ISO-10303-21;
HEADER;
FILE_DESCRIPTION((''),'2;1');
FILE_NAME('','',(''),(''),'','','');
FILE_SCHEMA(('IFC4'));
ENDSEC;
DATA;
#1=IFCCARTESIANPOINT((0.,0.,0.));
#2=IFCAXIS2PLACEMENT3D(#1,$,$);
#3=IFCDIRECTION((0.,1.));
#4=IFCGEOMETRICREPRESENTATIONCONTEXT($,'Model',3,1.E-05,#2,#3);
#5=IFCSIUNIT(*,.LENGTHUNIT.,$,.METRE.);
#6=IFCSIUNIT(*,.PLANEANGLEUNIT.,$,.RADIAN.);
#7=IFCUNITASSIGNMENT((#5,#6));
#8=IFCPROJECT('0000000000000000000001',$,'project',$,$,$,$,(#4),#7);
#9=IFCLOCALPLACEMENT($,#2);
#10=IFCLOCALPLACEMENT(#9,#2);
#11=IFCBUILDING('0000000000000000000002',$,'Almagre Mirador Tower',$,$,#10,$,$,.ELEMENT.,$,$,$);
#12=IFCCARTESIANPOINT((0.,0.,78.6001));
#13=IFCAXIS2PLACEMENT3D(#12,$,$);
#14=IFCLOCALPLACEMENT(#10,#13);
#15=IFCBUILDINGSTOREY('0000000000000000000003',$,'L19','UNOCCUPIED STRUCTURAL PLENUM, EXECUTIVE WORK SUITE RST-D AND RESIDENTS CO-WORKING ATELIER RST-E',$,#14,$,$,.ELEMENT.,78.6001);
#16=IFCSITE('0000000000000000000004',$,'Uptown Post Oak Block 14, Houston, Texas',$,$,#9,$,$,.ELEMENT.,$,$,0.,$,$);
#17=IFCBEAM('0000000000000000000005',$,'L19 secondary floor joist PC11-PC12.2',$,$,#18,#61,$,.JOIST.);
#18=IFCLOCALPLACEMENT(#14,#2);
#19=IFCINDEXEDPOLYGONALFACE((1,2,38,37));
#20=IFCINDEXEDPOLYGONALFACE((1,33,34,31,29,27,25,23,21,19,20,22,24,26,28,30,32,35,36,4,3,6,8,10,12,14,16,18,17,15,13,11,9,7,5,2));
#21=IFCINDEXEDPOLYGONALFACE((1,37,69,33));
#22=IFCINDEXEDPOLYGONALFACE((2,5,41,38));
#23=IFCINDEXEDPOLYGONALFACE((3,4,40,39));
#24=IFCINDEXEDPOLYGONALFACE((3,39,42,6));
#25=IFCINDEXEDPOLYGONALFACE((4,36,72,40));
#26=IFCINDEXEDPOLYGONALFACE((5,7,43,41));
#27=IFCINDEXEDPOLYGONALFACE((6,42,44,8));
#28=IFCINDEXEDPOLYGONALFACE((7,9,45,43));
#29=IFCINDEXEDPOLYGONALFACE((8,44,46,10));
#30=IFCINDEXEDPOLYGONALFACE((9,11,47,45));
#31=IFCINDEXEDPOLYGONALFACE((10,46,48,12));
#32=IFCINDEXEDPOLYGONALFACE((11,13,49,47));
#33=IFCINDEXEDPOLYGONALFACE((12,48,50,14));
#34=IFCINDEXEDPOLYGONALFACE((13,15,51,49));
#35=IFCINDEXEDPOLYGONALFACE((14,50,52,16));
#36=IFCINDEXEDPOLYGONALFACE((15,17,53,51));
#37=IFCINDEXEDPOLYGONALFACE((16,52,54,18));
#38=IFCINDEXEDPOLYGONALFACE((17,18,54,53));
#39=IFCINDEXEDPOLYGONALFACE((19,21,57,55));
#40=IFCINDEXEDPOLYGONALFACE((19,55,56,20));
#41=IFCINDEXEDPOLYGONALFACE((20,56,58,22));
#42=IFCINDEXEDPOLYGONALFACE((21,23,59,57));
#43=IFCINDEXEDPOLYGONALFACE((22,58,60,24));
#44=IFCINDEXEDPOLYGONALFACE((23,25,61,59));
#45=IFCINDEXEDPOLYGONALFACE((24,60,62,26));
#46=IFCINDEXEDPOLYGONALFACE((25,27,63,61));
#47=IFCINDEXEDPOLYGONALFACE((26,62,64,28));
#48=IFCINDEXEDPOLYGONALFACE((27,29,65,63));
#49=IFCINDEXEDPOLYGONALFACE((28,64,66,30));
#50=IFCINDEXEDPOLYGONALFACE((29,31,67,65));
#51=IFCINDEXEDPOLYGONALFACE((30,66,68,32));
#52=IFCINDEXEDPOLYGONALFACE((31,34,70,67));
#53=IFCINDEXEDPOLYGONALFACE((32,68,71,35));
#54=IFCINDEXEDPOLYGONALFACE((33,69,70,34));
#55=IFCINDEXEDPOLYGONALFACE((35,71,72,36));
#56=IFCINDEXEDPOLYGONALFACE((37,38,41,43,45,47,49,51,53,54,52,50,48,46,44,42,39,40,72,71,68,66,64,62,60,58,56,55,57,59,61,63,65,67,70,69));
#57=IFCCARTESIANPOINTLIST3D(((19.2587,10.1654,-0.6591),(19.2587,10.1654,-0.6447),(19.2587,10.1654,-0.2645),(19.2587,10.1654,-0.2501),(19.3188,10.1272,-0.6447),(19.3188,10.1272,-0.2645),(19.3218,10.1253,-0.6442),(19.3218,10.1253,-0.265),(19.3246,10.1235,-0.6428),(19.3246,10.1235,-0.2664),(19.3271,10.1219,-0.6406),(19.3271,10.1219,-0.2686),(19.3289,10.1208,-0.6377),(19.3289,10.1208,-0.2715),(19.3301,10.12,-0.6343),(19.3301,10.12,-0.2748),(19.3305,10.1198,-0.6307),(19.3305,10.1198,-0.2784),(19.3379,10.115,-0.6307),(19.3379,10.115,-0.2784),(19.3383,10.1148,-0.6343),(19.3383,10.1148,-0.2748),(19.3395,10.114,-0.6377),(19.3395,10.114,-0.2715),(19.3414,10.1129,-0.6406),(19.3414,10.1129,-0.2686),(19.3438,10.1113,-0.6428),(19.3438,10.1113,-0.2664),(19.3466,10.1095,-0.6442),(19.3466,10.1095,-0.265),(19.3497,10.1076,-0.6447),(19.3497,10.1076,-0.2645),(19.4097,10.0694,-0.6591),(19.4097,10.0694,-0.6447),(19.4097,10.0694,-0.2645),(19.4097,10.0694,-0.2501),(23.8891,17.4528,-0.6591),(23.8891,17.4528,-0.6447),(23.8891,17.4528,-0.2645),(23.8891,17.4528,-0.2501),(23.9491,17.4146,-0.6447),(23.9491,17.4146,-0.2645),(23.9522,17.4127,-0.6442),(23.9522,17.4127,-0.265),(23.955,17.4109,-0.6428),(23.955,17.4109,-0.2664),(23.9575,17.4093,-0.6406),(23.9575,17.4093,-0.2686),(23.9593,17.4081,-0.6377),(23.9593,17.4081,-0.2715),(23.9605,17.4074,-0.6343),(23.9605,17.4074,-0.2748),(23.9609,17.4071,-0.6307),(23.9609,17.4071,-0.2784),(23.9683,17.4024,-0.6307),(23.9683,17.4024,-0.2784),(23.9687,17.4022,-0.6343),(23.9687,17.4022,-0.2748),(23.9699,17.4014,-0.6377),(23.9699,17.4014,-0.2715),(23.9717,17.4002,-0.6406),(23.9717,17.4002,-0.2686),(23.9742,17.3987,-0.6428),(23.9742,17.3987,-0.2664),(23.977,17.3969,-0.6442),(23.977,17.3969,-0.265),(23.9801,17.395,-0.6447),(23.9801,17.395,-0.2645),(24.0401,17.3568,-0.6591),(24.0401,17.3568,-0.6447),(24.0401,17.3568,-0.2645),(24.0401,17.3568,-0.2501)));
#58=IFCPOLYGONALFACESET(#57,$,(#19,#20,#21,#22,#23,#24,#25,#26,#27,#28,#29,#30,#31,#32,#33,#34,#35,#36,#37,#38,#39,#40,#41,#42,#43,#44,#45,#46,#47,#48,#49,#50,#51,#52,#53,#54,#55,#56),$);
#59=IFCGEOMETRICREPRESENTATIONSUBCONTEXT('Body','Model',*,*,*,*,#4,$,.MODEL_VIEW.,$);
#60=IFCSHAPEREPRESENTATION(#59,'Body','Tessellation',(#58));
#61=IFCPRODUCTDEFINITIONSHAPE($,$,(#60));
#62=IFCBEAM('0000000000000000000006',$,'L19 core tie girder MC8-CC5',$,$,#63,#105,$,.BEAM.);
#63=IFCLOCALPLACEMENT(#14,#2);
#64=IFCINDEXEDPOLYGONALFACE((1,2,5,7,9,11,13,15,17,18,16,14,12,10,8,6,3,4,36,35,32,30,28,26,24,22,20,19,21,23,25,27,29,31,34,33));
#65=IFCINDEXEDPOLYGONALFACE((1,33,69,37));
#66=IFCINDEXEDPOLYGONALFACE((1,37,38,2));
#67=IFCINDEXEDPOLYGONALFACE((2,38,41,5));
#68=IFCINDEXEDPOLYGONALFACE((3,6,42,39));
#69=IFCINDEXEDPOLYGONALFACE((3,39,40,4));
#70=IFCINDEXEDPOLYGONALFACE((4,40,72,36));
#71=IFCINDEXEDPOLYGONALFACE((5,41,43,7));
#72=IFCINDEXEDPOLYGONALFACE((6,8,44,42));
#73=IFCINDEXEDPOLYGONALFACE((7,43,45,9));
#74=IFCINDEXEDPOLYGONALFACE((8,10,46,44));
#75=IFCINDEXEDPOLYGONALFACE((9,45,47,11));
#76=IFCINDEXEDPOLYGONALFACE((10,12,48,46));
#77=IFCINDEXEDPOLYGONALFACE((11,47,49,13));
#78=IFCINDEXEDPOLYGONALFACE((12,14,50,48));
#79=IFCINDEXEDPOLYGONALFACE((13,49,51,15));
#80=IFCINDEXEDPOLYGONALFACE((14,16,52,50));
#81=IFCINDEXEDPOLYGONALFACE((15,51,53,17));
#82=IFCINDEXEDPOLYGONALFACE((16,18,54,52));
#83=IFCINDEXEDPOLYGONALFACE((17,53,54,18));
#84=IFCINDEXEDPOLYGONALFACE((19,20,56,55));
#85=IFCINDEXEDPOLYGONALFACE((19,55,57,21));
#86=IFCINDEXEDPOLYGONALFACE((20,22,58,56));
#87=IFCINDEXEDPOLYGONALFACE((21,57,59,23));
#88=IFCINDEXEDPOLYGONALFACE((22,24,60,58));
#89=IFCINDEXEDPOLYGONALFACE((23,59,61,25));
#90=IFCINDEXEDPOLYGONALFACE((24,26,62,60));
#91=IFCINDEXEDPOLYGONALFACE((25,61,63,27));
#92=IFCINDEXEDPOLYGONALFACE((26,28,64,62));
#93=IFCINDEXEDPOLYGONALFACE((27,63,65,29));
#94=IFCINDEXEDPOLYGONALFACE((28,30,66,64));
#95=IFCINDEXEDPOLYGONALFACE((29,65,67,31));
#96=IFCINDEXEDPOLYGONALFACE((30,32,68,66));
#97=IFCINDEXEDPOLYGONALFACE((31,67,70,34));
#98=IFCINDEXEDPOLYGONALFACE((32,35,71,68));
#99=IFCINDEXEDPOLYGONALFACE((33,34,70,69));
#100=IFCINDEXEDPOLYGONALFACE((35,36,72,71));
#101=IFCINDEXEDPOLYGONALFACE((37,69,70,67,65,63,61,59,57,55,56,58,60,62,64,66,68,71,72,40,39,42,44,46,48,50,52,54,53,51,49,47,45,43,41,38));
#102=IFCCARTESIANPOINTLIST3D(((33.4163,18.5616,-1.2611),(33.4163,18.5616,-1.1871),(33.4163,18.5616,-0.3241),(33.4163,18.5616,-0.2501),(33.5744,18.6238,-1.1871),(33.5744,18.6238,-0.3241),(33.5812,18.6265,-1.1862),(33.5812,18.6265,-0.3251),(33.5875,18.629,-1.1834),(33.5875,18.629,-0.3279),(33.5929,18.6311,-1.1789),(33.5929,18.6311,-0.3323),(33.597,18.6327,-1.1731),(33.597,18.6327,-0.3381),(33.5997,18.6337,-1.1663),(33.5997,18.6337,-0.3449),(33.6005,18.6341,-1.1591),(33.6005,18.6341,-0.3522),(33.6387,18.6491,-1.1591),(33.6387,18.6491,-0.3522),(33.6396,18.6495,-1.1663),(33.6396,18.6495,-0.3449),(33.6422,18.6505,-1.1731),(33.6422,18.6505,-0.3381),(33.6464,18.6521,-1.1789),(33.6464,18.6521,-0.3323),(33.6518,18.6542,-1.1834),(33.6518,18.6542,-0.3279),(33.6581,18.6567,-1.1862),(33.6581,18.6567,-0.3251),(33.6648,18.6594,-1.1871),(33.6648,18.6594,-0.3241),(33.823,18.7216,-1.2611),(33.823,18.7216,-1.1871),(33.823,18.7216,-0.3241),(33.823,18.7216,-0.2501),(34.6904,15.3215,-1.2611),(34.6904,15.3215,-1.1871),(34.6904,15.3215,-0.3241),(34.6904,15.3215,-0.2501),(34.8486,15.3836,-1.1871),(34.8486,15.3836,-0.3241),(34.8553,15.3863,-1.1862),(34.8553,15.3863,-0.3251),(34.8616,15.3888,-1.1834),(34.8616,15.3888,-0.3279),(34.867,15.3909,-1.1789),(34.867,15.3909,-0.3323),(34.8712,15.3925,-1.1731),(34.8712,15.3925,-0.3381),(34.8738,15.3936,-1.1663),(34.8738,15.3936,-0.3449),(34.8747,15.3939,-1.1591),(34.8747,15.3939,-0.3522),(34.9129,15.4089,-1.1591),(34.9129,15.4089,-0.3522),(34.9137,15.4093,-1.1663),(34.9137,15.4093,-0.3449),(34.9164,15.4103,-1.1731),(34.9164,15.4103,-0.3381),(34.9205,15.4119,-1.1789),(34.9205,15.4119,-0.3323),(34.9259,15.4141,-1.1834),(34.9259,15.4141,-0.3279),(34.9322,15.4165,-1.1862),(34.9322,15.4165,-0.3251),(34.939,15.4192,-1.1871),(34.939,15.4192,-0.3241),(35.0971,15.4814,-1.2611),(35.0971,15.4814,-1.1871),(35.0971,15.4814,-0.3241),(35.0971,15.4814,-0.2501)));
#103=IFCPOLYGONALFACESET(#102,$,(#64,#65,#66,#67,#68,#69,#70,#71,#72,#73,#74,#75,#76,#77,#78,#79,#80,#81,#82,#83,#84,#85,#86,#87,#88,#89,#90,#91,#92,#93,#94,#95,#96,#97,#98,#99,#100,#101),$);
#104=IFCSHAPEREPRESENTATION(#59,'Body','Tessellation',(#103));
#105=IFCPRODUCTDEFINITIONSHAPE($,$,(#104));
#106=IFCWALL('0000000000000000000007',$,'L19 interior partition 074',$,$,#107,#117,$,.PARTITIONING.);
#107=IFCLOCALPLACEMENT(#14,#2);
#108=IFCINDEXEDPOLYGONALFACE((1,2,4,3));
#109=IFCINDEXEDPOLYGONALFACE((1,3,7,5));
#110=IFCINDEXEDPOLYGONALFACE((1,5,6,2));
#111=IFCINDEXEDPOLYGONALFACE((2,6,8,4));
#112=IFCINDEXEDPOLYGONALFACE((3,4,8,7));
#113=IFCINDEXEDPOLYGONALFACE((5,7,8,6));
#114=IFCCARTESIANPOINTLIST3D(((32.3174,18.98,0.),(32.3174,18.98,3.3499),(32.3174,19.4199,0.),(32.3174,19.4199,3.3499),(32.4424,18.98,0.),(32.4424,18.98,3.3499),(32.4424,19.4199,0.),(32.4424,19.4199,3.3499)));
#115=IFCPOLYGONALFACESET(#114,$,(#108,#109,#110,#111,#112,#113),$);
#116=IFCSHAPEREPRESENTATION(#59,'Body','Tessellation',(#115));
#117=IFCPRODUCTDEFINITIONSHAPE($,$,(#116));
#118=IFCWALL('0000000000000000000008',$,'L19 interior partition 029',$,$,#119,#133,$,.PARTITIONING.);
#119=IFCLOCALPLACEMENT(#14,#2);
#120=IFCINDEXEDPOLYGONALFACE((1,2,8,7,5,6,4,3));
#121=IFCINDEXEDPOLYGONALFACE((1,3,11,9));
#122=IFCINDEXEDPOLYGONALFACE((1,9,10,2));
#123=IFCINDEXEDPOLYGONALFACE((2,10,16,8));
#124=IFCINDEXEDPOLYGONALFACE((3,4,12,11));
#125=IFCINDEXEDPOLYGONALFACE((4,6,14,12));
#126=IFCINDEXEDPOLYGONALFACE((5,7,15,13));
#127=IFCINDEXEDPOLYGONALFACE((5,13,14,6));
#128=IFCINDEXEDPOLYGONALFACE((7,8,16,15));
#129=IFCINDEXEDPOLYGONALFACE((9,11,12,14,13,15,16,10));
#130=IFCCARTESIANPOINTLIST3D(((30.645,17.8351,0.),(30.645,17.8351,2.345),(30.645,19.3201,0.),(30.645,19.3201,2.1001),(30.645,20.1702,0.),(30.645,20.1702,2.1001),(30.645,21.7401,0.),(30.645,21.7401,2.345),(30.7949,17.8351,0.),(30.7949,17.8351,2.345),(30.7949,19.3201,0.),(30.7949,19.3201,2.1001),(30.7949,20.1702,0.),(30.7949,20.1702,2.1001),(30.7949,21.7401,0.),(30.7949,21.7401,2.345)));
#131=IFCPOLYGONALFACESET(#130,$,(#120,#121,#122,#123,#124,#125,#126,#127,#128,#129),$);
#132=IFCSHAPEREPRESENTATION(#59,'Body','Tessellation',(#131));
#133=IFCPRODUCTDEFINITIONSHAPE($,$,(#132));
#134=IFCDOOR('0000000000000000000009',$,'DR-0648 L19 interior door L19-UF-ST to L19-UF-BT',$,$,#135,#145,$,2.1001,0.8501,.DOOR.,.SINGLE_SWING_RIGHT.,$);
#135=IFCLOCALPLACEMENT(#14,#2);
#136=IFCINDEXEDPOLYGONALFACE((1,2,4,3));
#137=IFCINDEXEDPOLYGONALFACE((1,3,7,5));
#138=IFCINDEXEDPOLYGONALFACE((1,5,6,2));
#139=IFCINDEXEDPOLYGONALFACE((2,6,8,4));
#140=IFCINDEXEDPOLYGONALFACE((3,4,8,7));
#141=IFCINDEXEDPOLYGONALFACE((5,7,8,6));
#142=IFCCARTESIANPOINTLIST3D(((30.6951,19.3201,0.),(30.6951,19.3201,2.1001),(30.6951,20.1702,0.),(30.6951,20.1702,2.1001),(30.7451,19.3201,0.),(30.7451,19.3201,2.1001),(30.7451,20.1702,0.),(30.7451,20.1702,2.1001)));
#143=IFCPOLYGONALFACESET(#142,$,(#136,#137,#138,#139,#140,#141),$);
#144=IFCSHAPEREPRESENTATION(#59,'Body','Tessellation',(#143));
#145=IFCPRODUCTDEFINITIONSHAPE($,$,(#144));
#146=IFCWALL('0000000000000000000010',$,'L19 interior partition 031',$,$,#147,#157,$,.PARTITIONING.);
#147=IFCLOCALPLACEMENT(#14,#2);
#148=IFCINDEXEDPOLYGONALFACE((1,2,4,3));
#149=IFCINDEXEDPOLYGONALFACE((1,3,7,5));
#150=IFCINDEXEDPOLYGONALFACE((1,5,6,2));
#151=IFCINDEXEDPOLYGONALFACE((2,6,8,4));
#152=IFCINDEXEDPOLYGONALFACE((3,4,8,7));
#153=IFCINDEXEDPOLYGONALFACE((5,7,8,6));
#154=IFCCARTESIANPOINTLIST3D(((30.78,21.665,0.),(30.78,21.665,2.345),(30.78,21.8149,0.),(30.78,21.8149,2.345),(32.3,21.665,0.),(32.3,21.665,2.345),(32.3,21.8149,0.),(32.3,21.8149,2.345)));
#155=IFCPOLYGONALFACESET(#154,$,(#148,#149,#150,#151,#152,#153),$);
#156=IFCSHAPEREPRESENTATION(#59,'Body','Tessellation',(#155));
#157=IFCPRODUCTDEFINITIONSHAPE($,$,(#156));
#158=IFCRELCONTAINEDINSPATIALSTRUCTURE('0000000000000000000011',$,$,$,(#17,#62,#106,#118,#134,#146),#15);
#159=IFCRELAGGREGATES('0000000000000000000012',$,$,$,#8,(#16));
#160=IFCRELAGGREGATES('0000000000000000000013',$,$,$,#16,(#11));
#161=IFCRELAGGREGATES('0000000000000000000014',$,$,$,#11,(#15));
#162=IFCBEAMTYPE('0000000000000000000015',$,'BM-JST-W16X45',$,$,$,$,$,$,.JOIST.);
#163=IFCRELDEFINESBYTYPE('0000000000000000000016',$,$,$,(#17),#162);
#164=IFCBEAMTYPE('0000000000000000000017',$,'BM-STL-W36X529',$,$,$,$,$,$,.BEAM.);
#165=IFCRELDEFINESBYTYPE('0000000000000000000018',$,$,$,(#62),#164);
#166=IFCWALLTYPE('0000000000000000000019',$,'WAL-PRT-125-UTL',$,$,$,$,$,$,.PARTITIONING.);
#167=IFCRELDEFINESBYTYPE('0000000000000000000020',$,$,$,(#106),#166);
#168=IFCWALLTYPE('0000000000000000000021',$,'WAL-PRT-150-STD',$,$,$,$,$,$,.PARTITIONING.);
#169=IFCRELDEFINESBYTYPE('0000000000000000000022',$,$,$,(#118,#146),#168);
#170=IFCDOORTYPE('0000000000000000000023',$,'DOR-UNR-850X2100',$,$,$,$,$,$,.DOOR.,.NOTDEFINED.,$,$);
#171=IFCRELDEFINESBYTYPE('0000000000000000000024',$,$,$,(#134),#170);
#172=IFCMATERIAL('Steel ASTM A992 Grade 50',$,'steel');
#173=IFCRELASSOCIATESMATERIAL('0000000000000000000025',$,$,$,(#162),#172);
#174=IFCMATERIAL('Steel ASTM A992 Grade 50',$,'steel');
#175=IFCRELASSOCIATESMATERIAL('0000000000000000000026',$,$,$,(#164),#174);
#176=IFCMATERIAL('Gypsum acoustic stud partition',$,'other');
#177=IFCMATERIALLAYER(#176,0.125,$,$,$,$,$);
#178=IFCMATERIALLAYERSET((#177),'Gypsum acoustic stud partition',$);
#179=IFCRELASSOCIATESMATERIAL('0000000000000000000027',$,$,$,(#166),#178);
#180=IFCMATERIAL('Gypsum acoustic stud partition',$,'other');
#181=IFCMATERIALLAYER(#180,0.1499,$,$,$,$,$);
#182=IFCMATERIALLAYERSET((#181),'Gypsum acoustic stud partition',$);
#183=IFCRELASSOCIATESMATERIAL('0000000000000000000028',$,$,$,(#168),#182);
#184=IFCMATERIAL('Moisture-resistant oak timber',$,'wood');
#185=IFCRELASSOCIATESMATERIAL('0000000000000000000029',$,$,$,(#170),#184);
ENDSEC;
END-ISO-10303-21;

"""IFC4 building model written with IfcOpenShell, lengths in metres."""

from ifc_helpers import new_model, si_unit, direction, frame, frame_2d, origin, origin_2d, place, context, subcontext, project, spatial, rectangle, i_section, extrude, material, layer, layer_set, material_profile, profile_set, type_object, element, fill, save


model = new_model("IFC4")

# Units and contexts
model_context = context("Model", 3, precision=1e-05, world=origin(), true_north=direction((0.0, 1.0)))
body_context = subcontext(model_context, "Body", "Model", "MODEL_VIEW")
ifc_project = project(units=[si_unit("LENGTHUNIT", "METRE"), si_unit("PLANEANGLEUNIT", "RADIAN")], contexts=[model_context])

# Site, building, storey
site_placement = place(None, origin())
site = spatial("IfcSite", under=ifc_project, at=site_placement, Name="Uptown Post Oak Block 14, Houston, Texas", CompositionType="ELEMENT", RefElevation=0.0)
building_placement = place(site_placement, origin())
building = spatial("IfcBuilding", under=site, at=building_placement, Name="Almagre Mirador Tower", CompositionType="ELEMENT")
storey_placement = place(building_placement, frame((0.0, 0.0, 78.6001)))
storey = spatial("IfcBuildingStorey", under=building, at=storey_placement, Name="L19", Description="UNOCCUPIED STRUCTURAL PLENUM, EXECUTIVE WORK SUITE RST-D AND RESIDENTS CO-WORKING ATELIER RST-E", CompositionType="ELEMENT", Elevation=78.6001)

# Beams
ifc_material_1 = material(Name="Steel ASTM A992 Grade 50", Category="steel")
ifc_material_profile_1 = material_profile(ifc_material_1, i_section(OverallWidth=0.179, OverallDepth=0.4089, WebThickness=0.0088, FlangeThickness=0.0144, FilletRadius=0.0139, at=origin_2d()), Name="W16X45")
ifc_profile_set_1 = profile_set([ifc_material_profile_1], Name="Steel ASTM A992 Grade 50")
beam_type_1 = type_object("IfcBeamType", Name="BM-JST-W16X45", PredefinedType="JOIST", material=ifc_profile_set_1)
beam_1_placement = place(storey_placement, frame((23.9646, 17.4048, -0.4546), z_axis=(-0.536295, -0.84403, 0.0), x_axis=(0.84403, -0.536295, 0.0)))
element("IfcBeam", 1, at=beam_1_placement, inside=storey, type_object=beam_type_1, Name="L19 secondary floor joist PC11-PC12.2", PredefinedType="JOIST", context=body_context, shape_type="SweptSolid", body=[
    extrude(i_section(OverallWidth=0.179, OverallDepth=0.4089, WebThickness=0.0088, FlangeThickness=0.0144, FilletRadius=0.0139, at=origin_2d()), origin(), (0.0, 0.0, 1.0), 8.634),
])
ifc_material_2 = material(Name="Steel ASTM A992 Grade 50", Category="steel")
ifc_material_profile_2 = material_profile(ifc_material_2, i_section(OverallWidth=0.437, OverallDepth=1.011, WebThickness=0.041, FlangeThickness=0.074, FilletRadius=0.0281, at=origin_2d()), Name="W36X529")
ifc_profile_set_2 = profile_set([ifc_material_profile_2], Name="Steel ASTM A992 Grade 50")
beam_type_2 = type_object("IfcBeamType", Name="BM-STL-W36X529", PredefinedType="BEAM", material=ifc_profile_set_2)
beam_2_placement = place(storey_placement, frame((33.6196, 18.6416, -0.7556), z_axis=(0.365956, -0.930632, 0.0), x_axis=(0.930632, 0.365956, 0.0)))
element("IfcBeam", 2, at=beam_2_placement, inside=storey, type_object=beam_type_2, Name="L19 core tie girder MC8-CC5", PredefinedType="BEAM", context=body_context, shape_type="SweptSolid", body=[
    extrude(i_section(OverallWidth=0.437, OverallDepth=1.011, WebThickness=0.041, FlangeThickness=0.074, FilletRadius=0.0281, at=origin_2d()), origin(), (0.0, 0.0, 1.0), 3.4817),
])

# Wall
ifc_material_3 = material(Name="Gypsum acoustic stud partition", Category="other")
ifc_layer_1 = layer(ifc_material_3, 0.125)
ifc_layer_set_1 = layer_set([ifc_layer_1], Name="Gypsum acoustic stud partition")
wall_type_1 = type_object("IfcWallType", Name="WAL-PRT-125-UTL", PredefinedType="PARTITIONING", material=ifc_layer_set_1)
wall_1_placement = place(storey_placement, frame((32.3799, 18.98, 0.0), z_axis=(0.0, 0.0, 1.0), x_axis=(0.0, 1.0, 0.0)))
element("IfcWall", 3, at=wall_1_placement, inside=storey, type_object=wall_type_1, Name="L19 interior partition 074", PredefinedType="PARTITIONING", context=body_context, shape_type="SweptSolid", body=[
    extrude(rectangle(XDim=0.4399, YDim=0.125, at=frame_2d((0.22, 0.0))), origin(), (0.0, 0.0, 1.0), 3.3499),
])

# Wall, opening, door
ifc_material_4 = material(Name="Gypsum acoustic stud partition", Category="other")
ifc_layer_2 = layer(ifc_material_4, 0.1499)
ifc_layer_set_2 = layer_set([ifc_layer_2], Name="Gypsum acoustic stud partition")
wall_type_2 = type_object("IfcWallType", Name="WAL-PRT-150-STD", PredefinedType="PARTITIONING", material=ifc_layer_set_2)
wall_2_placement = place(storey_placement, frame((30.72, 17.835, 0.0), z_axis=(0.0, 0.0, 1.0), x_axis=(0.0, 1.0, 0.0)))
wall_2 = element("IfcWall", 4, at=wall_2_placement, inside=storey, type_object=wall_type_2, Name="L19 interior partition 029", PredefinedType="PARTITIONING", context=body_context, shape_type="SweptSolid", body=[
    extrude(rectangle(XDim=3.905, YDim=0.1499, at=frame_2d((1.9526, 0.0))), origin(), (0.0, 0.0, 1.0), 2.345),
])
opening_1_placement = place(wall_2_placement, frame((1.4851, 0.0, 0.0)))
opening_1 = element("IfcOpeningElement", 5, at=opening_1_placement, cuts=wall_2, PredefinedType="OPENING", context=body_context, shape_type="SweptSolid", body=[
    extrude(rectangle(XDim=0.8501, YDim=2.1001, at=frame_2d((0.425, 1.05))), frame((0.0, 0.085, 0.0), z_axis=(0.0, -1.0, 0.0), x_axis=(1.0, 0.0, 0.0)), (0.0, 0.0, 1.0), 0.1699),
])
ifc_material_5 = material(Name="Moisture-resistant oak timber", Category="wood")
door_type_1 = type_object("IfcDoorType", Name="DOR-UNR-850X2100", OperationType="NOTDEFINED", PredefinedType="DOOR", material=ifc_material_5)
door_1_placement = place(opening_1_placement, origin())
door_1 = element("IfcDoor", 6, at=door_1_placement, inside=storey, type_object=door_type_1, Name="DR-0648 L19 interior door L19-UF-ST to L19-UF-BT", OperationType="SINGLE_SWING_RIGHT", OverallHeight=2.1001, OverallWidth=0.8501, PredefinedType="DOOR", context=body_context, shape_type="SweptSolid", body=[
    extrude(rectangle(XDim=0.8501, YDim=2.1001, at=frame_2d((0.425, 1.05))), frame((0.0, 0.0249, 0.0), z_axis=(0.0, -1.0, 0.0), x_axis=(1.0, 0.0, 0.0)), (0.0, 0.0, 1.0), 0.05),
])
fill(opening_1, door_1)

# Wall
wall_3_placement = place(storey_placement, frame((30.78, 21.74, 0.0), z_axis=(0.0, 0.0, 1.0), x_axis=(1.0, 0.0, 0.0)))
element("IfcWall", 7, at=wall_3_placement, inside=storey, type_object=wall_type_2, Name="L19 interior partition 031", PredefinedType="PARTITIONING", context=body_context, shape_type="SweptSolid", body=[
    extrude(rectangle(XDim=1.52, YDim=0.1499, at=frame_2d((0.76, 0.0))), origin(), (0.0, 0.0, 1.0), 2.345),
])

save(model, "model.ifc")
